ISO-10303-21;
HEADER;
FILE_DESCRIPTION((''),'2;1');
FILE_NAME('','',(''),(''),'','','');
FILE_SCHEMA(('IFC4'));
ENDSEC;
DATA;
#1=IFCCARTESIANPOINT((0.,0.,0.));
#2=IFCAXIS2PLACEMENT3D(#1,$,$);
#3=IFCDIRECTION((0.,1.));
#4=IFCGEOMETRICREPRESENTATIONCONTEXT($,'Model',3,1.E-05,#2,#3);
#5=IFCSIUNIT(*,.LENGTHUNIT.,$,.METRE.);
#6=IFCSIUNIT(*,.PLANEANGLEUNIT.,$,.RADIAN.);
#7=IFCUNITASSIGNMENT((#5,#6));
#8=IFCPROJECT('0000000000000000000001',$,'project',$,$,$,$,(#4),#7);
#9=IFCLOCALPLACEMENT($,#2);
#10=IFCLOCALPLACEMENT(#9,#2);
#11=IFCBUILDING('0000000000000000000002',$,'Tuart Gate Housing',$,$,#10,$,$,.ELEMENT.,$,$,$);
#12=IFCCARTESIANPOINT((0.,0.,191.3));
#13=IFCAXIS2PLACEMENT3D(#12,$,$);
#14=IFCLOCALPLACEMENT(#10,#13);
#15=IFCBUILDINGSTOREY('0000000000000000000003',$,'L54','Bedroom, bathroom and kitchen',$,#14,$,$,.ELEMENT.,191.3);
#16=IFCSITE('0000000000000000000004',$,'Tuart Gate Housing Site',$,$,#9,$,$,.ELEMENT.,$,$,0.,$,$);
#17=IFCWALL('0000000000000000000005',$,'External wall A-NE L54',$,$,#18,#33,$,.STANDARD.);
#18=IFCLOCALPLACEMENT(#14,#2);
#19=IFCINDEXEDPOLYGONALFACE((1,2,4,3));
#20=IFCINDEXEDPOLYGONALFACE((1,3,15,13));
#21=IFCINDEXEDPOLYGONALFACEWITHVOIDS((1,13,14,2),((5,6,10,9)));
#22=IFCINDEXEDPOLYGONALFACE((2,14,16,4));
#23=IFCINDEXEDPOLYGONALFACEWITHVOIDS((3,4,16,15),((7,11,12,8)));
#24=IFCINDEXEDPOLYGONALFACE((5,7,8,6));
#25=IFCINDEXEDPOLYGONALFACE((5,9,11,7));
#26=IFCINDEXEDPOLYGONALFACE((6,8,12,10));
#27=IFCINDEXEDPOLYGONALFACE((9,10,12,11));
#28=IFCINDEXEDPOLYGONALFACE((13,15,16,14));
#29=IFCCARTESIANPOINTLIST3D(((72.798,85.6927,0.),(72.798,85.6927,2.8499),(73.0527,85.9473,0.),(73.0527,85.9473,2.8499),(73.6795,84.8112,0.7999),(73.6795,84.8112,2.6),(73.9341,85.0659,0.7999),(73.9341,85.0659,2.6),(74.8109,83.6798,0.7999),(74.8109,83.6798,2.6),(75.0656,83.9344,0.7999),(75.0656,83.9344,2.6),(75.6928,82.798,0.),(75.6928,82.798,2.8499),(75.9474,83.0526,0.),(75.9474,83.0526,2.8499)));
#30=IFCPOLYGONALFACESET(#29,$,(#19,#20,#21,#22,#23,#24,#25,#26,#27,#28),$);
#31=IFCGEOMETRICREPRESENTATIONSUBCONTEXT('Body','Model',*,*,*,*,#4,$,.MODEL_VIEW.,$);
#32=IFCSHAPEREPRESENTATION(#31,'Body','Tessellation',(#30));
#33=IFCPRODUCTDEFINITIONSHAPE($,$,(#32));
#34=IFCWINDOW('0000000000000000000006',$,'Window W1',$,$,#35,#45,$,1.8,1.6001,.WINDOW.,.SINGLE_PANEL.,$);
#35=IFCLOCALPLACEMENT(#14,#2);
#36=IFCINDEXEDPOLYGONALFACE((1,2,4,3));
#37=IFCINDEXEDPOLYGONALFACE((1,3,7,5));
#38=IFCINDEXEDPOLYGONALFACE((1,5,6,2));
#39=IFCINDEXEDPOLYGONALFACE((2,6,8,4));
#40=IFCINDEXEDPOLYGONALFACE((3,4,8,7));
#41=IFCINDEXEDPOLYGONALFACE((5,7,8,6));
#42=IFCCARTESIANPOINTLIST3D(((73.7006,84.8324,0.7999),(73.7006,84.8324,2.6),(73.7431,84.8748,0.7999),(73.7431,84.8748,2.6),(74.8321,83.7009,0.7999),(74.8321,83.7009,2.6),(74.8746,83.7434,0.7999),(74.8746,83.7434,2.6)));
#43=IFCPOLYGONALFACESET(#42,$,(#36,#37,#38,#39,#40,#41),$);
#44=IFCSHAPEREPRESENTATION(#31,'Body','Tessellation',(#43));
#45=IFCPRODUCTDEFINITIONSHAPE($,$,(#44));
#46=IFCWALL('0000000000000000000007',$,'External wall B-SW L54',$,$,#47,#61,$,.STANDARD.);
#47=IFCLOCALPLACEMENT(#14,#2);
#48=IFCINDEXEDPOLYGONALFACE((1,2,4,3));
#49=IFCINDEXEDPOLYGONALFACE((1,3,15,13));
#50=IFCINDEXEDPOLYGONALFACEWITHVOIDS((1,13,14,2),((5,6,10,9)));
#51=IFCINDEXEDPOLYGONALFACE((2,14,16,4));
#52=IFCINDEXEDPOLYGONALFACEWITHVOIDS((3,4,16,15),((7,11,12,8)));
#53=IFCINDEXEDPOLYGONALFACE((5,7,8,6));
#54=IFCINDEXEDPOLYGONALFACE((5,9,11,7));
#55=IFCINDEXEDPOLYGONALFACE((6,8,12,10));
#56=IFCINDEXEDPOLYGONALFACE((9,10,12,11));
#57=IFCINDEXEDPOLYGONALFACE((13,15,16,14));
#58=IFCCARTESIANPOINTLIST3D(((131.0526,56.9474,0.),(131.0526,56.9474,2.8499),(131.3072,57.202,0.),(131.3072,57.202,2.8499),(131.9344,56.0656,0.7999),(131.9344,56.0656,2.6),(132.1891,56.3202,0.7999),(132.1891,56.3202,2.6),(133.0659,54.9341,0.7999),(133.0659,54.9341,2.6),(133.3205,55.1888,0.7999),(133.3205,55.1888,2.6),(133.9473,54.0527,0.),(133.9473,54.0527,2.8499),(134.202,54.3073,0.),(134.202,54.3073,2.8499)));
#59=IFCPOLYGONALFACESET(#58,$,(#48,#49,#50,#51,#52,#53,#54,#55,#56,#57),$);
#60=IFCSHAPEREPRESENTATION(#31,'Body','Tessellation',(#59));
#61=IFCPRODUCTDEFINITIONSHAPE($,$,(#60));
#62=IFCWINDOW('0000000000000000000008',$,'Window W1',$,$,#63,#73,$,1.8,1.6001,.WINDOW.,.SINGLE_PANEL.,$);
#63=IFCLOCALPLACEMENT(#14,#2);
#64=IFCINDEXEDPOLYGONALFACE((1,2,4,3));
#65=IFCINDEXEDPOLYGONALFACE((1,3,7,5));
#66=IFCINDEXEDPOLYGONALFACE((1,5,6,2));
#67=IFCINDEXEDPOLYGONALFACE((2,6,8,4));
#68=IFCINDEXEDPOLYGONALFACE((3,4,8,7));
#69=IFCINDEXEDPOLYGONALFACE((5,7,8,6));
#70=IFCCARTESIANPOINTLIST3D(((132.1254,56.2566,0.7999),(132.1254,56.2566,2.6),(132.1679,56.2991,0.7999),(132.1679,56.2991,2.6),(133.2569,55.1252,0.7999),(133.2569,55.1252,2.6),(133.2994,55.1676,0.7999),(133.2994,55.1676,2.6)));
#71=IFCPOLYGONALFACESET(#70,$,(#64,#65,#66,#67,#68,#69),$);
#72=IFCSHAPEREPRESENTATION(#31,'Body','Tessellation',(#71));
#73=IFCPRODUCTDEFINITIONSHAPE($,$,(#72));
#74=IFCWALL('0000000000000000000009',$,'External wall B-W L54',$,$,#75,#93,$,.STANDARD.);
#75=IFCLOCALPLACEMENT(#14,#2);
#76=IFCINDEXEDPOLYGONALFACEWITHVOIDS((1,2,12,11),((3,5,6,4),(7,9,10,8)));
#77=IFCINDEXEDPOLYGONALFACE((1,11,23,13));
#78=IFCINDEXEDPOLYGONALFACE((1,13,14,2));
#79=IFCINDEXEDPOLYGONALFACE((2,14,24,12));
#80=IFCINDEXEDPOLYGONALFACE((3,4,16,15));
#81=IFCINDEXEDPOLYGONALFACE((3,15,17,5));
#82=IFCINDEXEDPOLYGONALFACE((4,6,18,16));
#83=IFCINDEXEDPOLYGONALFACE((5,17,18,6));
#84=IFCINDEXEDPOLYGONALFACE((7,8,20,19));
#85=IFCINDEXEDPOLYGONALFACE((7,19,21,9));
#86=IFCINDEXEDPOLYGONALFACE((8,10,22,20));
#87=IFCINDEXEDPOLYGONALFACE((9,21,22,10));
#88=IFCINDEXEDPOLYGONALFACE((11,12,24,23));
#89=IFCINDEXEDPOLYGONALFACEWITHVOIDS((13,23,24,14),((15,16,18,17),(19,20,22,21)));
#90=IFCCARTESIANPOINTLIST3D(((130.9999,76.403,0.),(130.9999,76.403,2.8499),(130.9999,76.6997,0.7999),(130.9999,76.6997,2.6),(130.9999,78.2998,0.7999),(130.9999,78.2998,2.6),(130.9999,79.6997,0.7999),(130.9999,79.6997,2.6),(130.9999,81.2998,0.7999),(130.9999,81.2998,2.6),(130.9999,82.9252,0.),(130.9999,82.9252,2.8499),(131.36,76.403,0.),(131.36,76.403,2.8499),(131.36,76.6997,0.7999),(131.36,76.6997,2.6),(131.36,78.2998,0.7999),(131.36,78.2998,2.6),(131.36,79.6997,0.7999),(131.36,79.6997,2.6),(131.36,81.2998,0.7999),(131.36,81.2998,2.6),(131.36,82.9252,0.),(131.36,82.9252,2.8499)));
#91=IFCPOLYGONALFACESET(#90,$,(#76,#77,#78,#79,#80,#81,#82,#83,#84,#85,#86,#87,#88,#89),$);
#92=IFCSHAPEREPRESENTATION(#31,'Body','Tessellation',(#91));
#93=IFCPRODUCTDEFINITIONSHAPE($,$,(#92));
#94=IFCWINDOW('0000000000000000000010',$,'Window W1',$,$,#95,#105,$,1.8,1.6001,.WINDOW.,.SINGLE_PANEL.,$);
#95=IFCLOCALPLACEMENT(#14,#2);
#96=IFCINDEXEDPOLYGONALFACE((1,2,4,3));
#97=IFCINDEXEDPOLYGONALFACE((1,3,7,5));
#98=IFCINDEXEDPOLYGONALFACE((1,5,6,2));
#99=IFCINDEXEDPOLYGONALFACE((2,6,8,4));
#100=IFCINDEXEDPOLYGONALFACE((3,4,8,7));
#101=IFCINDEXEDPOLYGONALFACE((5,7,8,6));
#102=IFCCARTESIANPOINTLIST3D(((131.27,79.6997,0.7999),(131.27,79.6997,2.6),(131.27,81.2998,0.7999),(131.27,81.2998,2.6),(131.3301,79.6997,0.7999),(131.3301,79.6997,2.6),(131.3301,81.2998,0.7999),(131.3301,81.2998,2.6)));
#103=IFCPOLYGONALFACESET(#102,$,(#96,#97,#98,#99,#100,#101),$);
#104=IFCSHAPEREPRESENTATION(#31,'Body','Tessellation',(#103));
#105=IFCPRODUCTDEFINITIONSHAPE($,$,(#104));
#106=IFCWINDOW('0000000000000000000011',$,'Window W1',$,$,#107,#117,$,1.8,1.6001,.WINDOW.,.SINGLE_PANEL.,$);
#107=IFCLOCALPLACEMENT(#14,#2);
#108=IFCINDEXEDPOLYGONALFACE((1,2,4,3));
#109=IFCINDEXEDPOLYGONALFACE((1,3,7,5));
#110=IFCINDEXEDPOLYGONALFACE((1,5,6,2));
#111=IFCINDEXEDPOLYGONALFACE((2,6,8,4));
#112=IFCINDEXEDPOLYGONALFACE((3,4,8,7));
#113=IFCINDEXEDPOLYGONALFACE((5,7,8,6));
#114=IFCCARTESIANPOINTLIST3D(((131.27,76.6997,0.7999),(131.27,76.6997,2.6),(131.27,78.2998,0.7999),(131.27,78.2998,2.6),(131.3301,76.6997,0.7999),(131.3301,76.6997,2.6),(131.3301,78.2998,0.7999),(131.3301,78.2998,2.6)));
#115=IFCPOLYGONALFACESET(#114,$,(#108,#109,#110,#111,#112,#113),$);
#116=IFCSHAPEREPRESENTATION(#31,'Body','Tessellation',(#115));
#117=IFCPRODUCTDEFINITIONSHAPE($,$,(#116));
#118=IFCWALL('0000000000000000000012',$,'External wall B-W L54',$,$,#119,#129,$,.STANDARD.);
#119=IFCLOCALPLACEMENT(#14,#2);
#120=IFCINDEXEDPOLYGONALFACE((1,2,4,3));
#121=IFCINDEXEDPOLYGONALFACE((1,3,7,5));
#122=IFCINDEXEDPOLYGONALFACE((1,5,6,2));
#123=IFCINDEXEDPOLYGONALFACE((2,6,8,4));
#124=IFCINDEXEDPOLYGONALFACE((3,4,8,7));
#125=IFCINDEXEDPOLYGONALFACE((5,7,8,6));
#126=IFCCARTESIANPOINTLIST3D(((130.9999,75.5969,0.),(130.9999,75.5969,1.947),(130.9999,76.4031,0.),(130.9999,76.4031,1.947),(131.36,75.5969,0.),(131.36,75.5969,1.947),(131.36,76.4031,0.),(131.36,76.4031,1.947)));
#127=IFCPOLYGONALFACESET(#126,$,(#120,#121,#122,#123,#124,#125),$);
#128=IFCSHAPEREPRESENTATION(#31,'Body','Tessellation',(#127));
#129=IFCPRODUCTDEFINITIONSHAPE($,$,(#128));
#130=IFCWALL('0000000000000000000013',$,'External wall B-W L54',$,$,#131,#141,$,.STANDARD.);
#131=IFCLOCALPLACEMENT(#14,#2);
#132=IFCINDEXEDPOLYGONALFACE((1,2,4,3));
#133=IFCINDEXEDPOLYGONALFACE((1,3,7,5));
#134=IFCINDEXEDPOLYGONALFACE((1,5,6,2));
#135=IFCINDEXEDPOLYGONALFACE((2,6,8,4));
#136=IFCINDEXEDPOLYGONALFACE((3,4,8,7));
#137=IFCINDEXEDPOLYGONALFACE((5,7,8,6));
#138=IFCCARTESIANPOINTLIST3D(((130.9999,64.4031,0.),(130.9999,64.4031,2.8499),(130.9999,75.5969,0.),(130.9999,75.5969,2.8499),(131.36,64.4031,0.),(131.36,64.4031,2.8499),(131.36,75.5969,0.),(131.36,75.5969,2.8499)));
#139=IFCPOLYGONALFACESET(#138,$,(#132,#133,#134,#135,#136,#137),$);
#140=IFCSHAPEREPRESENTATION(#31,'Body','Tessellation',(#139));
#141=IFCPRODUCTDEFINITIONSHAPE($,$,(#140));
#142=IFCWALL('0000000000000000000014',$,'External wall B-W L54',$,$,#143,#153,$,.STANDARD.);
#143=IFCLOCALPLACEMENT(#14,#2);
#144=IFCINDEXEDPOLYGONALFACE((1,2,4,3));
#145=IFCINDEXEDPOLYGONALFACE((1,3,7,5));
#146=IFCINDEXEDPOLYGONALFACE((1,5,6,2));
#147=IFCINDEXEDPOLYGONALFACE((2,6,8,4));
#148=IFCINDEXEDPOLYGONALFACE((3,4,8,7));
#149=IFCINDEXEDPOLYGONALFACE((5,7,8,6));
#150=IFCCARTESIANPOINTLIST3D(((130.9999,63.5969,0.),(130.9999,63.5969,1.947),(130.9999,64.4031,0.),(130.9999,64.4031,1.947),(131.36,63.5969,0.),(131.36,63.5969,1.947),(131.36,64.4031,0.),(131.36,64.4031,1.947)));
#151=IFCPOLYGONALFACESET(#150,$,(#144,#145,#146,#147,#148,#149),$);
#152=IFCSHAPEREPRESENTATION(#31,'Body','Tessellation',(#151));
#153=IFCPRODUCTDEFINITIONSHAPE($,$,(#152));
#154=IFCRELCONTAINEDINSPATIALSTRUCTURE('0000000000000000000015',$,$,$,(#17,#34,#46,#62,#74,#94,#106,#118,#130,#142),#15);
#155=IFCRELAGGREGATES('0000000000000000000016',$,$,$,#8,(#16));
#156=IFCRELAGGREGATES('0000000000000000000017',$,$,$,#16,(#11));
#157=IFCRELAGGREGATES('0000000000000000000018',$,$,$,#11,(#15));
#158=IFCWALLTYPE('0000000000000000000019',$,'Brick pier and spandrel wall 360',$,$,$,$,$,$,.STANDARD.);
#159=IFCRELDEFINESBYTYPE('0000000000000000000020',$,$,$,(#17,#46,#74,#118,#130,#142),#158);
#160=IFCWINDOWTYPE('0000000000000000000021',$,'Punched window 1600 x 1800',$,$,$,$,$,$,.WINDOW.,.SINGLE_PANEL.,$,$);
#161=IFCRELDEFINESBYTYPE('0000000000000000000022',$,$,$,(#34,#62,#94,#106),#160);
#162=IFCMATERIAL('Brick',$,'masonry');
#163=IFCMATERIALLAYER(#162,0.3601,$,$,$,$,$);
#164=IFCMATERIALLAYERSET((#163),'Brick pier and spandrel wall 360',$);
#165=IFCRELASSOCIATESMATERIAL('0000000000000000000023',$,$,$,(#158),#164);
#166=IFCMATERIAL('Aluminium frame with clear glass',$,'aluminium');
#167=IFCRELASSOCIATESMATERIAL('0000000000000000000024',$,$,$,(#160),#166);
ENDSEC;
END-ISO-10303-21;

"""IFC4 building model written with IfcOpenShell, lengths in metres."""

from ifc_helpers import new_model, si_unit, direction, frame, frame_2d, origin, place, context, subcontext, project, spatial, rectangle, extrude, material, layer, layer_set, type_object, element, fill, save


model = new_model("IFC4")

# Units and contexts
model_context = context("Model", 3, precision=1e-05, world=origin(), true_north=direction((0.0, 1.0)))
body_context = subcontext(model_context, "Body", "Model", "MODEL_VIEW")
ifc_project = project(units=[si_unit("LENGTHUNIT", "METRE"), si_unit("PLANEANGLEUNIT", "RADIAN")], contexts=[model_context])

# Site, building, storey
site_placement = place(None, origin())
site = spatial("IfcSite", under=ifc_project, at=site_placement, Name="Tuart Gate Housing Site", CompositionType="ELEMENT", RefElevation=0.0)
building_placement = place(site_placement, origin())
building = spatial("IfcBuilding", under=site, at=building_placement, Name="Tuart Gate Housing", CompositionType="ELEMENT")
storey_placement = place(building_placement, frame((0.0, 0.0, 191.3)))
storey = spatial("IfcBuildingStorey", under=building, at=storey_placement, Name="L54", Description="Bedroom, bathroom and kitchen", CompositionType="ELEMENT", Elevation=191.3)

# Shared definitions
ifc_material_1 = material(Name="Brick", Category="masonry")
ifc_layer = layer(ifc_material_1, 0.3601)
ifc_layer_set = layer_set([ifc_layer], Name="Brick pier and spandrel wall 360")
wall_type = type_object("IfcWallType", Name="Brick pier and spandrel wall 360", PredefinedType="STANDARD", material=ifc_layer_set)
ifc_material_2 = material(Name="Aluminium frame with clear glass", Category="aluminium")
window_type = type_object("IfcWindowType", Name="Punched window 1600 x 1800", PartitioningType="SINGLE_PANEL", PredefinedType="WINDOW", material=ifc_material_2)

# Walls, openings, windows
wall_1_placement = place(storey_placement, frame((75.8201, 82.9253, 0.0), z_axis=(0.0, 0.0, 1.0), x_axis=(-0.707107, 0.707107, 0.0)))
wall_1 = element("IfcWall", 1, at=wall_1_placement, inside=storey, type_object=wall_type, Name="External wall A-NE L54", PredefinedType="STANDARD", context=body_context, shape_type="SweptSolid", body=[
    extrude(rectangle(XDim=4.0938, YDim=0.3601, at=frame_2d((2.0469, 0.0))), origin(), (0.0, 0.0, 1.0), 2.8499),
])
opening_1_placement = place(wall_1_placement, frame((1.2471, 0.0, 0.8)))
opening_1 = element("IfcOpeningElement", 2, at=opening_1_placement, cuts=wall_1, PredefinedType="OPENING", context=body_context, shape_type="SweptSolid", body=[
    extrude(rectangle(XDim=1.6001, YDim=1.8, at=frame_2d((0.8, 0.8999))), frame((0.0, 0.1899, 0.0), z_axis=(0.0, -1.0, 0.0), x_axis=(1.0, 0.0, 0.0)), (0.0, 0.0, 1.0), 0.3801),
])
window_1_placement = place(opening_1_placement, origin())
window_1 = element("IfcWindow", 3, at=window_1_placement, inside=storey, type_object=window_type, Name="Window W1", OverallHeight=1.8, OverallWidth=1.6001, PartitioningType="SINGLE_PANEL", PredefinedType="WINDOW", context=body_context, shape_type="SweptSolid", body=[
    extrude(rectangle(XDim=1.6001, YDim=1.8, at=frame_2d((0.8, 0.8999))), frame((0.0, 0.1501, 0.0), z_axis=(0.0, -1.0, 0.0), x_axis=(1.0, 0.0, 0.0)), (0.0, 0.0, 1.0), 0.0601),
])
fill(opening_1, window_1)
wall_2_placement = place(storey_placement, frame((131.1799, 57.0747, 0.0), z_axis=(0.0, 0.0, 1.0), x_axis=(0.707107, -0.707107, 0.0)))
wall_2 = element("IfcWall", 4, at=wall_2_placement, inside=storey, type_object=wall_type, Name="External wall B-SW L54", PredefinedType="STANDARD", context=body_context, shape_type="SweptSolid", body=[
    extrude(rectangle(XDim=4.0938, YDim=0.3601, at=frame_2d((2.0469, 0.0))), origin(), (0.0, 0.0, 1.0), 2.8499),
])
opening_2_placement = place(wall_2_placement, frame((1.2471, 0.0, 0.8)))
opening_2 = element("IfcOpeningElement", 5, at=opening_2_placement, cuts=wall_2, PredefinedType="OPENING", context=body_context, shape_type="SweptSolid", body=[
    extrude(rectangle(XDim=1.6001, YDim=1.8, at=frame_2d((0.8, 0.8999))), frame((0.0, 0.1899, 0.0), z_axis=(0.0, -1.0, 0.0), x_axis=(1.0, 0.0, 0.0)), (0.0, 0.0, 1.0), 0.3801),
])
window_2_placement = place(opening_2_placement, origin())
window_2 = element("IfcWindow", 6, at=window_2_placement, inside=storey, type_object=window_type, Name="Window W1", OverallHeight=1.8, OverallWidth=1.6001, PartitioningType="SINGLE_PANEL", PredefinedType="WINDOW", context=body_context, shape_type="SweptSolid", body=[
    extrude(rectangle(XDim=1.6001, YDim=1.8, at=frame_2d((0.8, 0.8999))), frame((0.0, 0.1501, 0.0), z_axis=(0.0, -1.0, 0.0), x_axis=(1.0, 0.0, 0.0)), (0.0, 0.0, 1.0), 0.0601),
])
fill(opening_2, window_2)

# Wall, openings, windows
wall_3_placement = place(storey_placement, frame((131.1799, 82.9253, 0.0), z_axis=(0.0, 0.0, 1.0), x_axis=(0.0, -1.0, 0.0)))
wall_3 = element("IfcWall", 7, at=wall_3_placement, inside=storey, type_object=wall_type, Name="External wall B-W L54", PredefinedType="STANDARD", context=body_context, shape_type="SweptSolid", body=[
    extrude(rectangle(XDim=6.5222, YDim=0.3601, at=frame_2d((3.2612, 0.0))), origin(), (0.0, 0.0, 1.0), 2.8499),
])
opening_3_placement = place(wall_3_placement, frame((1.6255, 0.0, 0.8)))
opening_3 = element("IfcOpeningElement", 8, at=opening_3_placement, cuts=wall_3, PredefinedType="OPENING", context=body_context, shape_type="SweptSolid", body=[
    extrude(rectangle(XDim=1.6001, YDim=1.8, at=frame_2d((0.8, 0.8999))), frame((0.0, 0.1899, 0.0), z_axis=(0.0, -1.0, 0.0), x_axis=(1.0, 0.0, 0.0)), (0.0, 0.0, 1.0), 0.3801),
])
opening_4_placement = place(wall_3_placement, frame((4.6255, 0.0, 0.8)))
opening_4 = element("IfcOpeningElement", 9, at=opening_4_placement, cuts=wall_3, PredefinedType="OPENING", context=body_context, shape_type="SweptSolid", body=[
    extrude(rectangle(XDim=1.6001, YDim=1.8, at=frame_2d((0.8, 0.8999))), frame((0.0, 0.1899, 0.0), z_axis=(0.0, -1.0, 0.0), x_axis=(1.0, 0.0, 0.0)), (0.0, 0.0, 1.0), 0.3801),
])
window_3_placement = place(opening_3_placement, origin())
window_3 = element("IfcWindow", 10, at=window_3_placement, inside=storey, type_object=window_type, Name="Window W1", OverallHeight=1.8, OverallWidth=1.6001, PartitioningType="SINGLE_PANEL", PredefinedType="WINDOW", context=body_context, shape_type="SweptSolid", body=[
    extrude(rectangle(XDim=1.6001, YDim=1.8, at=frame_2d((0.8, 0.8999))), frame((0.0, 0.1501, 0.0), z_axis=(0.0, -1.0, 0.0), x_axis=(1.0, 0.0, 0.0)), (0.0, 0.0, 1.0), 0.0601),
])
fill(opening_3, window_3)
window_4_placement = place(opening_4_placement, origin())
window_4 = element("IfcWindow", 11, at=window_4_placement, inside=storey, type_object=window_type, Name="Window W1", OverallHeight=1.8, OverallWidth=1.6001, PartitioningType="SINGLE_PANEL", PredefinedType="WINDOW", context=body_context, shape_type="SweptSolid", body=[
    extrude(rectangle(XDim=1.6001, YDim=1.8, at=frame_2d((0.8, 0.8999))), frame((0.0, 0.1501, 0.0), z_axis=(0.0, -1.0, 0.0), x_axis=(1.0, 0.0, 0.0)), (0.0, 0.0, 1.0), 0.0601),
])
fill(opening_4, window_4)

# Walls
wall_4_placement = place(storey_placement, frame((131.1799, 76.4031, 0.0), z_axis=(0.0, 0.0, 1.0), x_axis=(0.0, -1.0, 0.0)))
element("IfcWall", 12, at=wall_4_placement, inside=storey, type_object=wall_type, Name="External wall B-W L54", PredefinedType="STANDARD", context=body_context, shape_type="SweptSolid", body=[
    extrude(rectangle(XDim=0.8062, YDim=0.3601, at=frame_2d((0.4031, 0.0))), origin(), (0.0, 0.0, 1.0), 1.947),
])
wall_5_placement = place(storey_placement, frame((131.1799, 75.5969, 0.0), z_axis=(0.0, 0.0, 1.0), x_axis=(0.0, -1.0, 0.0)))
element("IfcWall", 13, at=wall_5_placement, inside=storey, type_object=wall_type, Name="External wall B-W L54", PredefinedType="STANDARD", context=body_context, shape_type="SweptSolid", body=[
    extrude(rectangle(XDim=11.1938, YDim=0.3601, at=frame_2d((5.5969, 0.0))), origin(), (0.0, 0.0, 1.0), 2.8499),
])
wall_6_placement = place(storey_placement, frame((131.1799, 64.4031, 0.0), z_axis=(0.0, 0.0, 1.0), x_axis=(0.0, -1.0, 0.0)))
element("IfcWall", 14, at=wall_6_placement, inside=storey, type_object=wall_type, Name="External wall B-W L54", PredefinedType="STANDARD", context=body_context, shape_type="SweptSolid", body=[
    extrude(rectangle(XDim=0.8062, YDim=0.3601, at=frame_2d((0.4031, 0.0))), origin(), (0.0, 0.0, 1.0), 1.947),
])

save(model, "model.ifc")
